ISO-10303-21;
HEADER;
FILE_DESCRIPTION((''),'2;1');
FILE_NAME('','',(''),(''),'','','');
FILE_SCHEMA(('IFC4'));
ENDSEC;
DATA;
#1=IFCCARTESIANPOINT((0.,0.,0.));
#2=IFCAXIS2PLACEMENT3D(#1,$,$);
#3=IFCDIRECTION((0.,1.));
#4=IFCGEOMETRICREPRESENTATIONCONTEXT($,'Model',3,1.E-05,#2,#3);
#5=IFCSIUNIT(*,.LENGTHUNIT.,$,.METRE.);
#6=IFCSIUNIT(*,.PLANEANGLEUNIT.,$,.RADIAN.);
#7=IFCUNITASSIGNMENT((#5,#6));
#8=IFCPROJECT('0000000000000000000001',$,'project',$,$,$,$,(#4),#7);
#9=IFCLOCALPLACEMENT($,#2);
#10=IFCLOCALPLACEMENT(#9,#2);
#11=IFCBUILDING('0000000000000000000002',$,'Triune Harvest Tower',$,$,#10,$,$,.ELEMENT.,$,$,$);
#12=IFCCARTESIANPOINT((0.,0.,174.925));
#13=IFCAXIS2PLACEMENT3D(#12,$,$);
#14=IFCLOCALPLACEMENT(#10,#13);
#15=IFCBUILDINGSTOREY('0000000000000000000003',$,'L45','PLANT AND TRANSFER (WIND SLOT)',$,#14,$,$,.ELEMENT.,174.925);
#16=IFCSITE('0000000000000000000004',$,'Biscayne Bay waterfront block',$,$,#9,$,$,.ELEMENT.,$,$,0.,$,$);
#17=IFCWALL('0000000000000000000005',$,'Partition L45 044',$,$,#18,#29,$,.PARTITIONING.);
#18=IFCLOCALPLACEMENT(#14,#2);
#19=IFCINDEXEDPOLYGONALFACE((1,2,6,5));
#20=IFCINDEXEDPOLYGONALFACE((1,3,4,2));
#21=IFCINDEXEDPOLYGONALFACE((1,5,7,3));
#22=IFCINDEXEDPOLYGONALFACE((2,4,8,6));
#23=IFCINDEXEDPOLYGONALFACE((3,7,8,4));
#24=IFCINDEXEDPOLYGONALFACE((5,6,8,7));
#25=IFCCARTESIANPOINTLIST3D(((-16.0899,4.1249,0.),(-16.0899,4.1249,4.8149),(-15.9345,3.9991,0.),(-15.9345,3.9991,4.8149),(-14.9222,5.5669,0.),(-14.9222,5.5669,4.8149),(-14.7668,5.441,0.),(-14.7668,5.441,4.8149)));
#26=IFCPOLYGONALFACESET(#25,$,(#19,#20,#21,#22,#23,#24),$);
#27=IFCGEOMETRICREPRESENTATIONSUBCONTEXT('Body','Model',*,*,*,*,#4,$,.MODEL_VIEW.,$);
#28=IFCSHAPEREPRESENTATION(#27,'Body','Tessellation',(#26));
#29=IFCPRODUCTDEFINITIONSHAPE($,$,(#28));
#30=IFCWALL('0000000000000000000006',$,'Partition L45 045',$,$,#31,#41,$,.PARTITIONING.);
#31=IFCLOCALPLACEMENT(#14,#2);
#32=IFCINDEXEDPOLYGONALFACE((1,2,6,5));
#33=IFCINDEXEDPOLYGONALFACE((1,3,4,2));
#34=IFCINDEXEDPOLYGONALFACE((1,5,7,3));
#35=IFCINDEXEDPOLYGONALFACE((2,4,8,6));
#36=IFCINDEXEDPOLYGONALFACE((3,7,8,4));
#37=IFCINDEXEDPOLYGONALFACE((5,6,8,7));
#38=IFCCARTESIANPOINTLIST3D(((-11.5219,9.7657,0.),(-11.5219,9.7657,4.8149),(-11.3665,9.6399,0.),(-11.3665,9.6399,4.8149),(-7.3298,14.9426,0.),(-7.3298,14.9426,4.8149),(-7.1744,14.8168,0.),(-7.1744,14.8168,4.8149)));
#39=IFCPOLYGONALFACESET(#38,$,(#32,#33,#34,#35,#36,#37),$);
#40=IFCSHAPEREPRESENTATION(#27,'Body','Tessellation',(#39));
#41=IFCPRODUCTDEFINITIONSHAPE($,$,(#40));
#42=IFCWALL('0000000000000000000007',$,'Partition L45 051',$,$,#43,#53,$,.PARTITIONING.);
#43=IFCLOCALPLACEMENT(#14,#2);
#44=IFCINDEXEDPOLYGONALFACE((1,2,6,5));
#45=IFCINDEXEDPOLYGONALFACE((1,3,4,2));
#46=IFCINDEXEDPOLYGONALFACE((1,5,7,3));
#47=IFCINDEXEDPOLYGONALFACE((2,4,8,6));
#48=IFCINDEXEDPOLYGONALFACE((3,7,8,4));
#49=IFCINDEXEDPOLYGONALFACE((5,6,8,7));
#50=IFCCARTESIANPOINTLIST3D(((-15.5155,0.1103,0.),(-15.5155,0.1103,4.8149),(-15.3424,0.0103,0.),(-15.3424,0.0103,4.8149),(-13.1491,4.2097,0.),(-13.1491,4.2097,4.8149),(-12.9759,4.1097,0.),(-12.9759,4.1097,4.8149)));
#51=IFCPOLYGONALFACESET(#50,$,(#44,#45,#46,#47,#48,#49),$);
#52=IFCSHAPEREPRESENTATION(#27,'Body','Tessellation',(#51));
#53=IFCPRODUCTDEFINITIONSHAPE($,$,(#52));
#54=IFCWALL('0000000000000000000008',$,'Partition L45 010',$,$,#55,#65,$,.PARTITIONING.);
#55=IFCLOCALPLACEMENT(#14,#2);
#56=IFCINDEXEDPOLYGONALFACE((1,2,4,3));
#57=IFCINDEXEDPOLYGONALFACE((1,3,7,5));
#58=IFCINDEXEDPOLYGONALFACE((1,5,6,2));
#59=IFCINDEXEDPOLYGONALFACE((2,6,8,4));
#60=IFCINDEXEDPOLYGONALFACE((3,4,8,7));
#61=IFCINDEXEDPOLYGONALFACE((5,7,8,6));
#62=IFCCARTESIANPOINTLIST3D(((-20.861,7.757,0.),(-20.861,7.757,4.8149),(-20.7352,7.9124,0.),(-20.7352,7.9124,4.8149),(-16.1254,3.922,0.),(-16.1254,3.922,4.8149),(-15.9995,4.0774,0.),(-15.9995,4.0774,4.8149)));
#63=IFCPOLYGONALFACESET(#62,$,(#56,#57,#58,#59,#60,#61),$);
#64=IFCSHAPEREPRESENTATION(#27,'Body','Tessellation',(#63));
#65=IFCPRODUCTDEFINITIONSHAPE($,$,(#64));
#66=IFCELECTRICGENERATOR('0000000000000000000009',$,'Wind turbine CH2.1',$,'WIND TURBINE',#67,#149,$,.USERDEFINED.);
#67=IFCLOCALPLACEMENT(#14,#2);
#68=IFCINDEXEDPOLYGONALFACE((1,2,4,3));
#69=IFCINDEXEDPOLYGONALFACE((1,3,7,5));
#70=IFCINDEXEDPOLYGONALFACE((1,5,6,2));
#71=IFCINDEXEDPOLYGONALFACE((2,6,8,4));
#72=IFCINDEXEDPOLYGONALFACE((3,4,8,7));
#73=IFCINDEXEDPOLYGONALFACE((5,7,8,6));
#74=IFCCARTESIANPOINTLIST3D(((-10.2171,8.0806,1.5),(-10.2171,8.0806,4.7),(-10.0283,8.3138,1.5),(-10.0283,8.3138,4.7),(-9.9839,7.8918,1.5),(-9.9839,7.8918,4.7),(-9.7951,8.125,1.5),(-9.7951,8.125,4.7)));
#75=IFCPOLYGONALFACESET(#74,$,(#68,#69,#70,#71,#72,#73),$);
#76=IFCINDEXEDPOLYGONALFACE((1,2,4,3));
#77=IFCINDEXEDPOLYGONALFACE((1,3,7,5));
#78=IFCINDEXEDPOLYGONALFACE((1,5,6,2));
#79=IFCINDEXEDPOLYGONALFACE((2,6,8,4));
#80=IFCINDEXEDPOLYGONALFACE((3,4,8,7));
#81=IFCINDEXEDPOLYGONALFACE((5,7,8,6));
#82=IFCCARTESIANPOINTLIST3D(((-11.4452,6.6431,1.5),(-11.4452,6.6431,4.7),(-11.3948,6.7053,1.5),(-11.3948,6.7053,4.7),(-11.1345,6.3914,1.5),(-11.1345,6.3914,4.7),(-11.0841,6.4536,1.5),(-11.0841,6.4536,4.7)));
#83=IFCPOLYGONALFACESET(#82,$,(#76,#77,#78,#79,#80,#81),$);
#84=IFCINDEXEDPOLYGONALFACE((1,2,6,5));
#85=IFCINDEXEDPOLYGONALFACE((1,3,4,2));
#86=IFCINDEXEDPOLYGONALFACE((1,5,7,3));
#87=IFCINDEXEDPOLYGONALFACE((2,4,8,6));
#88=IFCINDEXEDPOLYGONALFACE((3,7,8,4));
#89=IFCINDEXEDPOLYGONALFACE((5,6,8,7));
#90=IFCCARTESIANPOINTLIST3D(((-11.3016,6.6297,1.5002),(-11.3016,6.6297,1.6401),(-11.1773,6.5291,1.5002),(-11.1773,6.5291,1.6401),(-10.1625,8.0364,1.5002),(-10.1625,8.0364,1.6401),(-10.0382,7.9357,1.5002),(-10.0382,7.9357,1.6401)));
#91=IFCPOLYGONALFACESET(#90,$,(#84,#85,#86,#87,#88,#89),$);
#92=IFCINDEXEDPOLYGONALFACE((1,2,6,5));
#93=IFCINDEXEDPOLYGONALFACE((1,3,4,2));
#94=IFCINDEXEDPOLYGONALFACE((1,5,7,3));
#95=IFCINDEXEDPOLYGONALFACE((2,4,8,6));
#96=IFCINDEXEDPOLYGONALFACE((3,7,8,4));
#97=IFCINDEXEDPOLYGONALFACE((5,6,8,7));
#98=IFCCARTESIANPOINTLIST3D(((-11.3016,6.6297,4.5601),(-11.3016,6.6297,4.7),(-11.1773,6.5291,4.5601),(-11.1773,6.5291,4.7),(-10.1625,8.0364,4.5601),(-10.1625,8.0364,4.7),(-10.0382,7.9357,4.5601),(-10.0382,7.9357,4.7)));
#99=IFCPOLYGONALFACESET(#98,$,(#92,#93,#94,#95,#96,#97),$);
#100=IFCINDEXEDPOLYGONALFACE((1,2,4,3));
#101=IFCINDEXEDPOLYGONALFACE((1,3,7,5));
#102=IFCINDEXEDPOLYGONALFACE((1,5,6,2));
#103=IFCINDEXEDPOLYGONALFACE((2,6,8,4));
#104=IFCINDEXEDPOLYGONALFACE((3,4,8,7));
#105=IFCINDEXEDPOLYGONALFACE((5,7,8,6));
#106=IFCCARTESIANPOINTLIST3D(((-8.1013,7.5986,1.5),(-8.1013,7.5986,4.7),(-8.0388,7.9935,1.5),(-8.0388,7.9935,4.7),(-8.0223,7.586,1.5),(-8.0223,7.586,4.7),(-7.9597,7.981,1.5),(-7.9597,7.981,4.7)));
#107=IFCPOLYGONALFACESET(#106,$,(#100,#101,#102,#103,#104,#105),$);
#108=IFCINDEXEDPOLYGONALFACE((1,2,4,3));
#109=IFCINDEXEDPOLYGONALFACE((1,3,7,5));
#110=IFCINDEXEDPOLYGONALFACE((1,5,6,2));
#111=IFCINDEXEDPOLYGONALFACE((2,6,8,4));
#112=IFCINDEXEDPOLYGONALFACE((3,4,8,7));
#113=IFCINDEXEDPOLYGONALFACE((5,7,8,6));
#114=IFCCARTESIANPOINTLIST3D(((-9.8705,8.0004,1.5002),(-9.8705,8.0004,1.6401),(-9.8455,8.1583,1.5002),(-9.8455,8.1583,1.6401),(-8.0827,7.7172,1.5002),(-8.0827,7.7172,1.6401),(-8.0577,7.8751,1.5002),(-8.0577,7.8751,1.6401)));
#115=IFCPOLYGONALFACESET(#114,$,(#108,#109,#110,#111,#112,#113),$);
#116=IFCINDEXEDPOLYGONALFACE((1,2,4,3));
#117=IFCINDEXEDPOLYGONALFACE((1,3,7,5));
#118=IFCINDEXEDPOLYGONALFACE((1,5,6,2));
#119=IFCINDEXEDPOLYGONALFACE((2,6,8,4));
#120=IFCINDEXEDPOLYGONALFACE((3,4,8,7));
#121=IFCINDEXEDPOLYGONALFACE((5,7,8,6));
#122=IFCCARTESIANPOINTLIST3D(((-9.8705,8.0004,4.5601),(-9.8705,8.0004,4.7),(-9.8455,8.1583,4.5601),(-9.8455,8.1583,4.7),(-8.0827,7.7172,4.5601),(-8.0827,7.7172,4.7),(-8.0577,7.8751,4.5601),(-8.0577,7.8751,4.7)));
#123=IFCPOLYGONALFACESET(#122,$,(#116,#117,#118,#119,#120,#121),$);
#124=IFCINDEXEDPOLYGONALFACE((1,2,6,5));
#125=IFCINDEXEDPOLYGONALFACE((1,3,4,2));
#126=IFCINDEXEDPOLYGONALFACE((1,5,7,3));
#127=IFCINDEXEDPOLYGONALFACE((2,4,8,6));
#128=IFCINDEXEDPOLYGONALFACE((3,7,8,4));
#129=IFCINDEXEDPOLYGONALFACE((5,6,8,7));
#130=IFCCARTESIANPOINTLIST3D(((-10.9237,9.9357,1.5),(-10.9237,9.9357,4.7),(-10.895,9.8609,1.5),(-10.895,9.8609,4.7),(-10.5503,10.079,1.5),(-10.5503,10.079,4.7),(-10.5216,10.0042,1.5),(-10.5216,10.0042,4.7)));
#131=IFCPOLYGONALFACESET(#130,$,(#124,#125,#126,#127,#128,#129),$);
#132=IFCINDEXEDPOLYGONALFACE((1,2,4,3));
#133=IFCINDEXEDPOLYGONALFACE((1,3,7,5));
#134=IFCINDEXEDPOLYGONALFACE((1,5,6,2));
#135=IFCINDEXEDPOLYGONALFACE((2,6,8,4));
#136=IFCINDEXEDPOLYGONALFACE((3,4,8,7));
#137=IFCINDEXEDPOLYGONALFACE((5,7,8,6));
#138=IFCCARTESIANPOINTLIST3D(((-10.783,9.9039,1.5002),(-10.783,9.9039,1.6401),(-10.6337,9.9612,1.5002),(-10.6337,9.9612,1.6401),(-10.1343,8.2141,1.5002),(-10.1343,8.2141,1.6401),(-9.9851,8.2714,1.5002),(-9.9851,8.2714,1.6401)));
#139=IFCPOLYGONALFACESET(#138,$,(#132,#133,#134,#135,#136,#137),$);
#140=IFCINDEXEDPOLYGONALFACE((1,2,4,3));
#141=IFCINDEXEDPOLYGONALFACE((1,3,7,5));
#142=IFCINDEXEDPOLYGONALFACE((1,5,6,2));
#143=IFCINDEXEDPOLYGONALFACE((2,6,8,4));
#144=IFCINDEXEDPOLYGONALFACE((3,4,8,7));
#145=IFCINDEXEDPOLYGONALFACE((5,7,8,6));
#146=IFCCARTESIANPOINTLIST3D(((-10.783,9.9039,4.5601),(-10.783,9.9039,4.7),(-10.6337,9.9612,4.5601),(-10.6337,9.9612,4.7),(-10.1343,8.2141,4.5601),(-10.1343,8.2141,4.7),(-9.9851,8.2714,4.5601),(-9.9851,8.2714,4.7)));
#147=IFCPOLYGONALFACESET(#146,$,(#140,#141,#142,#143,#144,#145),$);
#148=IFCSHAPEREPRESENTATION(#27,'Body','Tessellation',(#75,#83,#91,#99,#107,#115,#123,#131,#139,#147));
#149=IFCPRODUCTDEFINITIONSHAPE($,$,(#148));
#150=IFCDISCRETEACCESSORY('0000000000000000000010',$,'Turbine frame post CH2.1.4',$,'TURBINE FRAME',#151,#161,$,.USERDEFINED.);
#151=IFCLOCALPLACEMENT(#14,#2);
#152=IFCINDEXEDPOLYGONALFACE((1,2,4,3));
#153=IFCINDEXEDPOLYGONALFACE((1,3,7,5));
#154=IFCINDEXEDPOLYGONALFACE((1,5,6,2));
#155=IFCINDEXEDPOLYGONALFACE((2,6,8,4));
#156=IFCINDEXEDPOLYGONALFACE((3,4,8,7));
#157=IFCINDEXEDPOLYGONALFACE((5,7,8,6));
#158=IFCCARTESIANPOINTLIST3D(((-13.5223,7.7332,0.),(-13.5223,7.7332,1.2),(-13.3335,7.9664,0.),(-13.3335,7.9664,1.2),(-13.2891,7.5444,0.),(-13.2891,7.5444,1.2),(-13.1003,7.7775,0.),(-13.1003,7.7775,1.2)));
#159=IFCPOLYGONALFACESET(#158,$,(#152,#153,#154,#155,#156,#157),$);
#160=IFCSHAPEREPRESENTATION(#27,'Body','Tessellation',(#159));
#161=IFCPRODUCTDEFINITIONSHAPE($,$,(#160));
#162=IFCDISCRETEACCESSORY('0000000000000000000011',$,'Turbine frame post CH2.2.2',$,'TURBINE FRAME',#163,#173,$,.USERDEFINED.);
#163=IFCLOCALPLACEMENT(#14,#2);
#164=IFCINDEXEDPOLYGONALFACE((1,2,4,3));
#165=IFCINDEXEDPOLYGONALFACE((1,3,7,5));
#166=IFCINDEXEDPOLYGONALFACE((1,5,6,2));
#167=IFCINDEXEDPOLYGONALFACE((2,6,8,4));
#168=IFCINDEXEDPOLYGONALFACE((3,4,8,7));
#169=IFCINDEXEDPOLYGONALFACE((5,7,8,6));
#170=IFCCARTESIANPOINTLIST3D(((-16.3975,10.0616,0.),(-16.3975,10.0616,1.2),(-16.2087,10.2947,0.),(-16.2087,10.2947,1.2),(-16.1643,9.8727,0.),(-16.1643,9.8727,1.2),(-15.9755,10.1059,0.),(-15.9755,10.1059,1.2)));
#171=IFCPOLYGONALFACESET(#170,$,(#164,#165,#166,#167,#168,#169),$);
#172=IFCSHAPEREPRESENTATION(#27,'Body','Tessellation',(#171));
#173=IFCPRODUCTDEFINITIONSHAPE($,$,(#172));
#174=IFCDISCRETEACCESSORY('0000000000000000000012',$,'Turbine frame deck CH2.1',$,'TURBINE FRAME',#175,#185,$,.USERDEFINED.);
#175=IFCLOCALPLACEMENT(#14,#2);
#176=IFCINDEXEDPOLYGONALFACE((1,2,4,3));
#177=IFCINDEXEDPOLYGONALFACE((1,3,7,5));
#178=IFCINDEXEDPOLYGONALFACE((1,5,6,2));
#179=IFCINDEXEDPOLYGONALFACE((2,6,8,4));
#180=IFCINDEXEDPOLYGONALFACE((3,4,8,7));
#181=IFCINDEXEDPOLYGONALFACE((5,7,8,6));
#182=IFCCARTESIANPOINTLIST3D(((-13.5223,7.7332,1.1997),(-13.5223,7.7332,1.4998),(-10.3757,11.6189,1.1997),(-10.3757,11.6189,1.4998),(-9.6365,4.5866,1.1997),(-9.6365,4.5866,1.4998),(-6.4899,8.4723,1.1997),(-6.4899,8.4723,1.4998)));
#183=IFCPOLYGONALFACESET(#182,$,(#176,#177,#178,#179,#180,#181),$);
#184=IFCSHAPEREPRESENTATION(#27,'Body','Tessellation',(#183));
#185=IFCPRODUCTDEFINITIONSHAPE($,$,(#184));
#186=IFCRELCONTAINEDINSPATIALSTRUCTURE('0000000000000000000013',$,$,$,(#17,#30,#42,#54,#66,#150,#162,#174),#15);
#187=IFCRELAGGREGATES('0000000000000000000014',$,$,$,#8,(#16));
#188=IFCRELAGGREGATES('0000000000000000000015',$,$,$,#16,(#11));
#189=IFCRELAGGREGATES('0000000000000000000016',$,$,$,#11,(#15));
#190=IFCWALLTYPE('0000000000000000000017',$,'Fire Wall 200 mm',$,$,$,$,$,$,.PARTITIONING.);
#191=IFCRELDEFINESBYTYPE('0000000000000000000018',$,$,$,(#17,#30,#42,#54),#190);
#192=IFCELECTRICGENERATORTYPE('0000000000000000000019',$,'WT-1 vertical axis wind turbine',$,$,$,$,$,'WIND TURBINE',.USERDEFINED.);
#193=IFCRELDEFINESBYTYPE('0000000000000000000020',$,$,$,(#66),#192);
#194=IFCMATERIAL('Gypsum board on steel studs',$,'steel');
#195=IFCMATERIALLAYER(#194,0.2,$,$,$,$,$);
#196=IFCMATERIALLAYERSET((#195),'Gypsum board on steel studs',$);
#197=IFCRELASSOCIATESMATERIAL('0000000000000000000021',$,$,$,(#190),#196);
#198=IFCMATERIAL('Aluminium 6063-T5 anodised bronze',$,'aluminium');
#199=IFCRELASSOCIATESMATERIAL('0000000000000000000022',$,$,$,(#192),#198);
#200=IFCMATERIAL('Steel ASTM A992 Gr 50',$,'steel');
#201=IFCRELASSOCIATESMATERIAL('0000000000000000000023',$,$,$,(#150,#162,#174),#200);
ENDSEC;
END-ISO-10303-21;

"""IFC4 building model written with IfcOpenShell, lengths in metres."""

from ifc_helpers import new_model, si_unit, direction, frame, frame_2d, origin, origin_2d, place, context, subcontext, project, spatial, rectangle, extrude, source, transform, mapped, material, layer, layer_set, type_object, element, save


model = new_model("IFC4")

# Units and contexts
model_context = context("Model", 3, precision=1e-05, world=origin(), true_north=direction((0.0, 1.0)))
body_context = subcontext(model_context, "Body", "Model", "MODEL_VIEW")
ifc_project = project(units=[si_unit("LENGTHUNIT", "METRE"), si_unit("PLANEANGLEUNIT", "RADIAN")], contexts=[model_context])

# Site, building, storey
site_placement = place(None, origin())
site = spatial("IfcSite", under=ifc_project, at=site_placement, Name="Biscayne Bay waterfront block", CompositionType="ELEMENT", RefElevation=0.0)
building_placement = place(site_placement, origin())
building = spatial("IfcBuilding", under=site, at=building_placement, Name="Triune Harvest Tower", CompositionType="ELEMENT")
storey_placement = place(building_placement, frame((0.0, 0.0, 174.925)))
storey = spatial("IfcBuildingStorey", under=building, at=storey_placement, Name="L45", Description="PLANT AND TRANSFER (WIND SLOT)", CompositionType="ELEMENT", Elevation=174.925)

# Walls
ifc_material_1 = material(Name="Gypsum board on steel studs", Category="steel")
ifc_layer_1 = layer(ifc_material_1, 0.2)
ifc_layer_set_1 = layer_set([ifc_layer_1], Name="Gypsum board on steel studs")
wall_type_1 = type_object("IfcWallType", Name="Fire Wall 200 mm", PredefinedType="PARTITIONING", material=ifc_layer_set_1)
wall_1_placement = place(storey_placement, frame((-16.0122, 4.062, 0.0), z_axis=(0.0, 0.0, 1.0), x_axis=(0.629353, 0.777119, 0.0)))
element("IfcWall", 1, at=wall_1_placement, inside=storey, type_object=wall_type_1, Name="Partition L45 044", PredefinedType="PARTITIONING", context=body_context, shape_type="SweptSolid", body=[
    extrude(rectangle(XDim=1.8555, YDim=0.2, at=frame_2d((0.9277, 0.0))), origin(), (0.0, 0.0, 1.0), 4.8149),
])
wall_2_placement = place(storey_placement, frame((-11.4441, 9.7029, 0.0), z_axis=(0.0, 0.0, 1.0), x_axis=(0.62931, 0.777154, 0.0)))
element("IfcWall", 2, at=wall_2_placement, inside=storey, type_object=wall_type_1, Name="Partition L45 045", PredefinedType="PARTITIONING", context=body_context, shape_type="SweptSolid", body=[
    extrude(rectangle(XDim=6.6614, YDim=0.2, at=frame_2d((3.3306, 0.0))), origin(), (0.0, 0.0, 1.0), 4.8149),
])
wall_3_placement = place(storey_placement, frame((-15.429, 0.0603, 0.0), z_axis=(0.0, 0.0, 1.0), x_axis=(0.49995, 0.866054, 0.0)))
element("IfcWall", 3, at=wall_3_placement, inside=storey, type_object=wall_type_1, Name="Partition L45 051", PredefinedType="PARTITIONING", context=body_context, shape_type="SweptSolid", body=[
    extrude(rectangle(XDim=4.7334, YDim=0.2, at=frame_2d((2.3667, 0.0))), origin(), (0.0, 0.0, 1.0), 4.8149),
])
shared_shape_1 = source(origin(), body_context, "Body", "SweptSolid", [
    extrude(rectangle(XDim=6.0938, YDim=0.2, at=frame_2d((3.0469, 0.0))), origin(), (0.0, 0.0, 1.0), 4.8149),
])
wall_4_placement = place(storey_placement, frame((-20.7981, 7.8347, 0.0), z_axis=(0.0, 0.0, 1.0), x_axis=(0.777134, -0.629335, 0.0)))
element("IfcWall", 4, at=wall_4_placement, inside=storey, type_object=wall_type_1, Name="Partition L45 010", PredefinedType="PARTITIONING", context=body_context, shape_type="MappedRepresentation", body=[
    mapped(shared_shape_1, transform((0.0, 0.0, 0.0), scale=1.0)),
])

# Electric generator
ifc_material_2 = material(Name="Aluminium 6063-T5 anodised bronze", Category="aluminium")
electric_generator_type = type_object("IfcElectricGeneratorType", Name="WT-1 vertical axis wind turbine", ElementType="WIND TURBINE", PredefinedType="USERDEFINED", material=ifc_material_2)
electric_generator_placement = place(storey_placement, frame((-10.0061, 8.1028, 1.5)))
element("IfcElectricGenerator", 5, at=electric_generator_placement, inside=storey, type_object=electric_generator_type, Name="Wind turbine CH2.1", ObjectType="WIND TURBINE", PredefinedType="USERDEFINED", context=body_context, shape_type="SweptSolid", body=[
    extrude(rectangle(XDim=0.3, YDim=0.3, at=origin_2d()), frame((0.0, 0.0, 0.0), z_axis=(0.0, 0.0, 1.0), x_axis=(-0.777146, 0.62932, 0.0)), (0.0, 0.0, 1.0), 3.2),
    extrude(rectangle(XDim=0.0801, YDim=0.3999, at=origin_2d()), frame((-1.2585, -1.5544, 0.0), z_axis=(0.0, 0.0, 1.0), x_axis=(-0.62932, -0.777146, 0.0)), (0.0, 0.0, 1.0), 3.2),
    extrude(rectangle(XDim=1.8101, YDim=0.1599, at=origin_2d()), frame((-0.6638, -0.8201, 0.0002), z_axis=(0.0, 0.0, 1.0), x_axis=(-0.62932, -0.777146, 0.0)), (0.0, 0.0, 1.0), 0.1399),
    extrude(rectangle(XDim=1.8101, YDim=0.1599, at=origin_2d()), frame((-0.6638, -0.8201, 3.0601), z_axis=(0.0, 0.0, 1.0), x_axis=(-0.62932, -0.777146, 0.0)), (0.0, 0.0, 1.0), 0.1399),
    extrude(rectangle(XDim=0.0801, YDim=0.3999, at=origin_2d()), frame((1.9756, -0.313, 0.0), z_axis=(0.0, 0.0, 1.0), x_axis=(0.987688, -0.156434, 0.0)), (0.0, 0.0, 1.0), 3.2),
    extrude(rectangle(XDim=1.8101, YDim=0.1599, at=origin_2d()), frame((1.042, -0.165, 0.0002), z_axis=(0.0, 0.0, 1.0), x_axis=(0.987688, -0.156434, 0.0)), (0.0, 0.0, 1.0), 0.1399),
    extrude(rectangle(XDim=1.8101, YDim=0.1599, at=origin_2d()), frame((1.042, -0.165, 3.0601), z_axis=(0.0, 0.0, 1.0), x_axis=(0.987688, -0.156434, 0.0)), (0.0, 0.0, 1.0), 0.1399),
    extrude(rectangle(XDim=0.0801, YDim=0.3999, at=origin_2d()), frame((-0.7166, 1.8672, 0.0), z_axis=(0.0, 0.0, 1.0), x_axis=(-0.358368, 0.93358, 0.0)), (0.0, 0.0, 1.0), 3.2),
    extrude(rectangle(XDim=1.8101, YDim=0.1599, at=origin_2d()), frame((-0.3779, 0.9849, 0.0002), z_axis=(0.0, 0.0, 1.0), x_axis=(-0.358368, 0.93358, 0.0)), (0.0, 0.0, 1.0), 0.1399),
    extrude(rectangle(XDim=1.8101, YDim=0.1599, at=origin_2d()), frame((-0.3779, 0.9849, 3.0601), z_axis=(0.0, 0.0, 1.0), x_axis=(-0.358368, 0.93358, 0.0)), (0.0, 0.0, 1.0), 0.1399),
])

# Discrete accessories
ifc_material_3 = material(Name="Steel ASTM A992 Gr 50", Category="steel")
shared_shape_2 = source(origin(), body_context, "Body", "SweptSolid", [
    extrude(rectangle(XDim=0.3, YDim=0.3, at=origin_2d()), origin(), (0.0, 0.0, 1.0), 1.2),
])
for number, where, z_axis, x_axis, name in (
    (6, (-13.3113, 7.7554, 0.0), (0.0, 0.0, 1.0), (-0.777146, 0.62932, 0.0), "Turbine frame post CH2.1.4"),
    (7, (-16.1865, 10.0837, 0.0), (0.0, 0.0, 1.0), (-0.777146, 0.62932, 0.0), "Turbine frame post CH2.2.2"),
):
    element("IfcDiscreteAccessory", number, at=place(storey_placement, frame(where, z_axis=z_axis, x_axis=x_axis)), inside=storey, material=ifc_material_3, Name=name, ObjectType="TURBINE FRAME", PredefinedType="USERDEFINED", context=body_context, shape_type="MappedRepresentation", body=[
        mapped(shared_shape_2, transform((0.0, 0.0, 0.0), scale=1.0)),
    ])
shared_shape_3 = source(origin(), body_context, "Body", "SweptSolid", [
    extrude(rectangle(XDim=5.0, YDim=5.0, at=origin_2d()), origin(), (0.0, 0.0, 1.0), 0.3),
])
discrete_accessory_placement = place(storey_placement, frame((-10.0061, 8.1028, 1.1997), z_axis=(0.0, 0.0, 1.0), x_axis=(-0.777146, 0.62932, 0.0)))
element("IfcDiscreteAccessory", 8, at=discrete_accessory_placement, inside=storey, material=ifc_material_3, Name="Turbine frame deck CH2.1", ObjectType="TURBINE FRAME", PredefinedType="USERDEFINED", context=body_context, shape_type="MappedRepresentation", body=[
    mapped(shared_shape_3, transform((0.0, 0.0, 0.0), scale=1.0)),
])

save(model, "model.ifc")
